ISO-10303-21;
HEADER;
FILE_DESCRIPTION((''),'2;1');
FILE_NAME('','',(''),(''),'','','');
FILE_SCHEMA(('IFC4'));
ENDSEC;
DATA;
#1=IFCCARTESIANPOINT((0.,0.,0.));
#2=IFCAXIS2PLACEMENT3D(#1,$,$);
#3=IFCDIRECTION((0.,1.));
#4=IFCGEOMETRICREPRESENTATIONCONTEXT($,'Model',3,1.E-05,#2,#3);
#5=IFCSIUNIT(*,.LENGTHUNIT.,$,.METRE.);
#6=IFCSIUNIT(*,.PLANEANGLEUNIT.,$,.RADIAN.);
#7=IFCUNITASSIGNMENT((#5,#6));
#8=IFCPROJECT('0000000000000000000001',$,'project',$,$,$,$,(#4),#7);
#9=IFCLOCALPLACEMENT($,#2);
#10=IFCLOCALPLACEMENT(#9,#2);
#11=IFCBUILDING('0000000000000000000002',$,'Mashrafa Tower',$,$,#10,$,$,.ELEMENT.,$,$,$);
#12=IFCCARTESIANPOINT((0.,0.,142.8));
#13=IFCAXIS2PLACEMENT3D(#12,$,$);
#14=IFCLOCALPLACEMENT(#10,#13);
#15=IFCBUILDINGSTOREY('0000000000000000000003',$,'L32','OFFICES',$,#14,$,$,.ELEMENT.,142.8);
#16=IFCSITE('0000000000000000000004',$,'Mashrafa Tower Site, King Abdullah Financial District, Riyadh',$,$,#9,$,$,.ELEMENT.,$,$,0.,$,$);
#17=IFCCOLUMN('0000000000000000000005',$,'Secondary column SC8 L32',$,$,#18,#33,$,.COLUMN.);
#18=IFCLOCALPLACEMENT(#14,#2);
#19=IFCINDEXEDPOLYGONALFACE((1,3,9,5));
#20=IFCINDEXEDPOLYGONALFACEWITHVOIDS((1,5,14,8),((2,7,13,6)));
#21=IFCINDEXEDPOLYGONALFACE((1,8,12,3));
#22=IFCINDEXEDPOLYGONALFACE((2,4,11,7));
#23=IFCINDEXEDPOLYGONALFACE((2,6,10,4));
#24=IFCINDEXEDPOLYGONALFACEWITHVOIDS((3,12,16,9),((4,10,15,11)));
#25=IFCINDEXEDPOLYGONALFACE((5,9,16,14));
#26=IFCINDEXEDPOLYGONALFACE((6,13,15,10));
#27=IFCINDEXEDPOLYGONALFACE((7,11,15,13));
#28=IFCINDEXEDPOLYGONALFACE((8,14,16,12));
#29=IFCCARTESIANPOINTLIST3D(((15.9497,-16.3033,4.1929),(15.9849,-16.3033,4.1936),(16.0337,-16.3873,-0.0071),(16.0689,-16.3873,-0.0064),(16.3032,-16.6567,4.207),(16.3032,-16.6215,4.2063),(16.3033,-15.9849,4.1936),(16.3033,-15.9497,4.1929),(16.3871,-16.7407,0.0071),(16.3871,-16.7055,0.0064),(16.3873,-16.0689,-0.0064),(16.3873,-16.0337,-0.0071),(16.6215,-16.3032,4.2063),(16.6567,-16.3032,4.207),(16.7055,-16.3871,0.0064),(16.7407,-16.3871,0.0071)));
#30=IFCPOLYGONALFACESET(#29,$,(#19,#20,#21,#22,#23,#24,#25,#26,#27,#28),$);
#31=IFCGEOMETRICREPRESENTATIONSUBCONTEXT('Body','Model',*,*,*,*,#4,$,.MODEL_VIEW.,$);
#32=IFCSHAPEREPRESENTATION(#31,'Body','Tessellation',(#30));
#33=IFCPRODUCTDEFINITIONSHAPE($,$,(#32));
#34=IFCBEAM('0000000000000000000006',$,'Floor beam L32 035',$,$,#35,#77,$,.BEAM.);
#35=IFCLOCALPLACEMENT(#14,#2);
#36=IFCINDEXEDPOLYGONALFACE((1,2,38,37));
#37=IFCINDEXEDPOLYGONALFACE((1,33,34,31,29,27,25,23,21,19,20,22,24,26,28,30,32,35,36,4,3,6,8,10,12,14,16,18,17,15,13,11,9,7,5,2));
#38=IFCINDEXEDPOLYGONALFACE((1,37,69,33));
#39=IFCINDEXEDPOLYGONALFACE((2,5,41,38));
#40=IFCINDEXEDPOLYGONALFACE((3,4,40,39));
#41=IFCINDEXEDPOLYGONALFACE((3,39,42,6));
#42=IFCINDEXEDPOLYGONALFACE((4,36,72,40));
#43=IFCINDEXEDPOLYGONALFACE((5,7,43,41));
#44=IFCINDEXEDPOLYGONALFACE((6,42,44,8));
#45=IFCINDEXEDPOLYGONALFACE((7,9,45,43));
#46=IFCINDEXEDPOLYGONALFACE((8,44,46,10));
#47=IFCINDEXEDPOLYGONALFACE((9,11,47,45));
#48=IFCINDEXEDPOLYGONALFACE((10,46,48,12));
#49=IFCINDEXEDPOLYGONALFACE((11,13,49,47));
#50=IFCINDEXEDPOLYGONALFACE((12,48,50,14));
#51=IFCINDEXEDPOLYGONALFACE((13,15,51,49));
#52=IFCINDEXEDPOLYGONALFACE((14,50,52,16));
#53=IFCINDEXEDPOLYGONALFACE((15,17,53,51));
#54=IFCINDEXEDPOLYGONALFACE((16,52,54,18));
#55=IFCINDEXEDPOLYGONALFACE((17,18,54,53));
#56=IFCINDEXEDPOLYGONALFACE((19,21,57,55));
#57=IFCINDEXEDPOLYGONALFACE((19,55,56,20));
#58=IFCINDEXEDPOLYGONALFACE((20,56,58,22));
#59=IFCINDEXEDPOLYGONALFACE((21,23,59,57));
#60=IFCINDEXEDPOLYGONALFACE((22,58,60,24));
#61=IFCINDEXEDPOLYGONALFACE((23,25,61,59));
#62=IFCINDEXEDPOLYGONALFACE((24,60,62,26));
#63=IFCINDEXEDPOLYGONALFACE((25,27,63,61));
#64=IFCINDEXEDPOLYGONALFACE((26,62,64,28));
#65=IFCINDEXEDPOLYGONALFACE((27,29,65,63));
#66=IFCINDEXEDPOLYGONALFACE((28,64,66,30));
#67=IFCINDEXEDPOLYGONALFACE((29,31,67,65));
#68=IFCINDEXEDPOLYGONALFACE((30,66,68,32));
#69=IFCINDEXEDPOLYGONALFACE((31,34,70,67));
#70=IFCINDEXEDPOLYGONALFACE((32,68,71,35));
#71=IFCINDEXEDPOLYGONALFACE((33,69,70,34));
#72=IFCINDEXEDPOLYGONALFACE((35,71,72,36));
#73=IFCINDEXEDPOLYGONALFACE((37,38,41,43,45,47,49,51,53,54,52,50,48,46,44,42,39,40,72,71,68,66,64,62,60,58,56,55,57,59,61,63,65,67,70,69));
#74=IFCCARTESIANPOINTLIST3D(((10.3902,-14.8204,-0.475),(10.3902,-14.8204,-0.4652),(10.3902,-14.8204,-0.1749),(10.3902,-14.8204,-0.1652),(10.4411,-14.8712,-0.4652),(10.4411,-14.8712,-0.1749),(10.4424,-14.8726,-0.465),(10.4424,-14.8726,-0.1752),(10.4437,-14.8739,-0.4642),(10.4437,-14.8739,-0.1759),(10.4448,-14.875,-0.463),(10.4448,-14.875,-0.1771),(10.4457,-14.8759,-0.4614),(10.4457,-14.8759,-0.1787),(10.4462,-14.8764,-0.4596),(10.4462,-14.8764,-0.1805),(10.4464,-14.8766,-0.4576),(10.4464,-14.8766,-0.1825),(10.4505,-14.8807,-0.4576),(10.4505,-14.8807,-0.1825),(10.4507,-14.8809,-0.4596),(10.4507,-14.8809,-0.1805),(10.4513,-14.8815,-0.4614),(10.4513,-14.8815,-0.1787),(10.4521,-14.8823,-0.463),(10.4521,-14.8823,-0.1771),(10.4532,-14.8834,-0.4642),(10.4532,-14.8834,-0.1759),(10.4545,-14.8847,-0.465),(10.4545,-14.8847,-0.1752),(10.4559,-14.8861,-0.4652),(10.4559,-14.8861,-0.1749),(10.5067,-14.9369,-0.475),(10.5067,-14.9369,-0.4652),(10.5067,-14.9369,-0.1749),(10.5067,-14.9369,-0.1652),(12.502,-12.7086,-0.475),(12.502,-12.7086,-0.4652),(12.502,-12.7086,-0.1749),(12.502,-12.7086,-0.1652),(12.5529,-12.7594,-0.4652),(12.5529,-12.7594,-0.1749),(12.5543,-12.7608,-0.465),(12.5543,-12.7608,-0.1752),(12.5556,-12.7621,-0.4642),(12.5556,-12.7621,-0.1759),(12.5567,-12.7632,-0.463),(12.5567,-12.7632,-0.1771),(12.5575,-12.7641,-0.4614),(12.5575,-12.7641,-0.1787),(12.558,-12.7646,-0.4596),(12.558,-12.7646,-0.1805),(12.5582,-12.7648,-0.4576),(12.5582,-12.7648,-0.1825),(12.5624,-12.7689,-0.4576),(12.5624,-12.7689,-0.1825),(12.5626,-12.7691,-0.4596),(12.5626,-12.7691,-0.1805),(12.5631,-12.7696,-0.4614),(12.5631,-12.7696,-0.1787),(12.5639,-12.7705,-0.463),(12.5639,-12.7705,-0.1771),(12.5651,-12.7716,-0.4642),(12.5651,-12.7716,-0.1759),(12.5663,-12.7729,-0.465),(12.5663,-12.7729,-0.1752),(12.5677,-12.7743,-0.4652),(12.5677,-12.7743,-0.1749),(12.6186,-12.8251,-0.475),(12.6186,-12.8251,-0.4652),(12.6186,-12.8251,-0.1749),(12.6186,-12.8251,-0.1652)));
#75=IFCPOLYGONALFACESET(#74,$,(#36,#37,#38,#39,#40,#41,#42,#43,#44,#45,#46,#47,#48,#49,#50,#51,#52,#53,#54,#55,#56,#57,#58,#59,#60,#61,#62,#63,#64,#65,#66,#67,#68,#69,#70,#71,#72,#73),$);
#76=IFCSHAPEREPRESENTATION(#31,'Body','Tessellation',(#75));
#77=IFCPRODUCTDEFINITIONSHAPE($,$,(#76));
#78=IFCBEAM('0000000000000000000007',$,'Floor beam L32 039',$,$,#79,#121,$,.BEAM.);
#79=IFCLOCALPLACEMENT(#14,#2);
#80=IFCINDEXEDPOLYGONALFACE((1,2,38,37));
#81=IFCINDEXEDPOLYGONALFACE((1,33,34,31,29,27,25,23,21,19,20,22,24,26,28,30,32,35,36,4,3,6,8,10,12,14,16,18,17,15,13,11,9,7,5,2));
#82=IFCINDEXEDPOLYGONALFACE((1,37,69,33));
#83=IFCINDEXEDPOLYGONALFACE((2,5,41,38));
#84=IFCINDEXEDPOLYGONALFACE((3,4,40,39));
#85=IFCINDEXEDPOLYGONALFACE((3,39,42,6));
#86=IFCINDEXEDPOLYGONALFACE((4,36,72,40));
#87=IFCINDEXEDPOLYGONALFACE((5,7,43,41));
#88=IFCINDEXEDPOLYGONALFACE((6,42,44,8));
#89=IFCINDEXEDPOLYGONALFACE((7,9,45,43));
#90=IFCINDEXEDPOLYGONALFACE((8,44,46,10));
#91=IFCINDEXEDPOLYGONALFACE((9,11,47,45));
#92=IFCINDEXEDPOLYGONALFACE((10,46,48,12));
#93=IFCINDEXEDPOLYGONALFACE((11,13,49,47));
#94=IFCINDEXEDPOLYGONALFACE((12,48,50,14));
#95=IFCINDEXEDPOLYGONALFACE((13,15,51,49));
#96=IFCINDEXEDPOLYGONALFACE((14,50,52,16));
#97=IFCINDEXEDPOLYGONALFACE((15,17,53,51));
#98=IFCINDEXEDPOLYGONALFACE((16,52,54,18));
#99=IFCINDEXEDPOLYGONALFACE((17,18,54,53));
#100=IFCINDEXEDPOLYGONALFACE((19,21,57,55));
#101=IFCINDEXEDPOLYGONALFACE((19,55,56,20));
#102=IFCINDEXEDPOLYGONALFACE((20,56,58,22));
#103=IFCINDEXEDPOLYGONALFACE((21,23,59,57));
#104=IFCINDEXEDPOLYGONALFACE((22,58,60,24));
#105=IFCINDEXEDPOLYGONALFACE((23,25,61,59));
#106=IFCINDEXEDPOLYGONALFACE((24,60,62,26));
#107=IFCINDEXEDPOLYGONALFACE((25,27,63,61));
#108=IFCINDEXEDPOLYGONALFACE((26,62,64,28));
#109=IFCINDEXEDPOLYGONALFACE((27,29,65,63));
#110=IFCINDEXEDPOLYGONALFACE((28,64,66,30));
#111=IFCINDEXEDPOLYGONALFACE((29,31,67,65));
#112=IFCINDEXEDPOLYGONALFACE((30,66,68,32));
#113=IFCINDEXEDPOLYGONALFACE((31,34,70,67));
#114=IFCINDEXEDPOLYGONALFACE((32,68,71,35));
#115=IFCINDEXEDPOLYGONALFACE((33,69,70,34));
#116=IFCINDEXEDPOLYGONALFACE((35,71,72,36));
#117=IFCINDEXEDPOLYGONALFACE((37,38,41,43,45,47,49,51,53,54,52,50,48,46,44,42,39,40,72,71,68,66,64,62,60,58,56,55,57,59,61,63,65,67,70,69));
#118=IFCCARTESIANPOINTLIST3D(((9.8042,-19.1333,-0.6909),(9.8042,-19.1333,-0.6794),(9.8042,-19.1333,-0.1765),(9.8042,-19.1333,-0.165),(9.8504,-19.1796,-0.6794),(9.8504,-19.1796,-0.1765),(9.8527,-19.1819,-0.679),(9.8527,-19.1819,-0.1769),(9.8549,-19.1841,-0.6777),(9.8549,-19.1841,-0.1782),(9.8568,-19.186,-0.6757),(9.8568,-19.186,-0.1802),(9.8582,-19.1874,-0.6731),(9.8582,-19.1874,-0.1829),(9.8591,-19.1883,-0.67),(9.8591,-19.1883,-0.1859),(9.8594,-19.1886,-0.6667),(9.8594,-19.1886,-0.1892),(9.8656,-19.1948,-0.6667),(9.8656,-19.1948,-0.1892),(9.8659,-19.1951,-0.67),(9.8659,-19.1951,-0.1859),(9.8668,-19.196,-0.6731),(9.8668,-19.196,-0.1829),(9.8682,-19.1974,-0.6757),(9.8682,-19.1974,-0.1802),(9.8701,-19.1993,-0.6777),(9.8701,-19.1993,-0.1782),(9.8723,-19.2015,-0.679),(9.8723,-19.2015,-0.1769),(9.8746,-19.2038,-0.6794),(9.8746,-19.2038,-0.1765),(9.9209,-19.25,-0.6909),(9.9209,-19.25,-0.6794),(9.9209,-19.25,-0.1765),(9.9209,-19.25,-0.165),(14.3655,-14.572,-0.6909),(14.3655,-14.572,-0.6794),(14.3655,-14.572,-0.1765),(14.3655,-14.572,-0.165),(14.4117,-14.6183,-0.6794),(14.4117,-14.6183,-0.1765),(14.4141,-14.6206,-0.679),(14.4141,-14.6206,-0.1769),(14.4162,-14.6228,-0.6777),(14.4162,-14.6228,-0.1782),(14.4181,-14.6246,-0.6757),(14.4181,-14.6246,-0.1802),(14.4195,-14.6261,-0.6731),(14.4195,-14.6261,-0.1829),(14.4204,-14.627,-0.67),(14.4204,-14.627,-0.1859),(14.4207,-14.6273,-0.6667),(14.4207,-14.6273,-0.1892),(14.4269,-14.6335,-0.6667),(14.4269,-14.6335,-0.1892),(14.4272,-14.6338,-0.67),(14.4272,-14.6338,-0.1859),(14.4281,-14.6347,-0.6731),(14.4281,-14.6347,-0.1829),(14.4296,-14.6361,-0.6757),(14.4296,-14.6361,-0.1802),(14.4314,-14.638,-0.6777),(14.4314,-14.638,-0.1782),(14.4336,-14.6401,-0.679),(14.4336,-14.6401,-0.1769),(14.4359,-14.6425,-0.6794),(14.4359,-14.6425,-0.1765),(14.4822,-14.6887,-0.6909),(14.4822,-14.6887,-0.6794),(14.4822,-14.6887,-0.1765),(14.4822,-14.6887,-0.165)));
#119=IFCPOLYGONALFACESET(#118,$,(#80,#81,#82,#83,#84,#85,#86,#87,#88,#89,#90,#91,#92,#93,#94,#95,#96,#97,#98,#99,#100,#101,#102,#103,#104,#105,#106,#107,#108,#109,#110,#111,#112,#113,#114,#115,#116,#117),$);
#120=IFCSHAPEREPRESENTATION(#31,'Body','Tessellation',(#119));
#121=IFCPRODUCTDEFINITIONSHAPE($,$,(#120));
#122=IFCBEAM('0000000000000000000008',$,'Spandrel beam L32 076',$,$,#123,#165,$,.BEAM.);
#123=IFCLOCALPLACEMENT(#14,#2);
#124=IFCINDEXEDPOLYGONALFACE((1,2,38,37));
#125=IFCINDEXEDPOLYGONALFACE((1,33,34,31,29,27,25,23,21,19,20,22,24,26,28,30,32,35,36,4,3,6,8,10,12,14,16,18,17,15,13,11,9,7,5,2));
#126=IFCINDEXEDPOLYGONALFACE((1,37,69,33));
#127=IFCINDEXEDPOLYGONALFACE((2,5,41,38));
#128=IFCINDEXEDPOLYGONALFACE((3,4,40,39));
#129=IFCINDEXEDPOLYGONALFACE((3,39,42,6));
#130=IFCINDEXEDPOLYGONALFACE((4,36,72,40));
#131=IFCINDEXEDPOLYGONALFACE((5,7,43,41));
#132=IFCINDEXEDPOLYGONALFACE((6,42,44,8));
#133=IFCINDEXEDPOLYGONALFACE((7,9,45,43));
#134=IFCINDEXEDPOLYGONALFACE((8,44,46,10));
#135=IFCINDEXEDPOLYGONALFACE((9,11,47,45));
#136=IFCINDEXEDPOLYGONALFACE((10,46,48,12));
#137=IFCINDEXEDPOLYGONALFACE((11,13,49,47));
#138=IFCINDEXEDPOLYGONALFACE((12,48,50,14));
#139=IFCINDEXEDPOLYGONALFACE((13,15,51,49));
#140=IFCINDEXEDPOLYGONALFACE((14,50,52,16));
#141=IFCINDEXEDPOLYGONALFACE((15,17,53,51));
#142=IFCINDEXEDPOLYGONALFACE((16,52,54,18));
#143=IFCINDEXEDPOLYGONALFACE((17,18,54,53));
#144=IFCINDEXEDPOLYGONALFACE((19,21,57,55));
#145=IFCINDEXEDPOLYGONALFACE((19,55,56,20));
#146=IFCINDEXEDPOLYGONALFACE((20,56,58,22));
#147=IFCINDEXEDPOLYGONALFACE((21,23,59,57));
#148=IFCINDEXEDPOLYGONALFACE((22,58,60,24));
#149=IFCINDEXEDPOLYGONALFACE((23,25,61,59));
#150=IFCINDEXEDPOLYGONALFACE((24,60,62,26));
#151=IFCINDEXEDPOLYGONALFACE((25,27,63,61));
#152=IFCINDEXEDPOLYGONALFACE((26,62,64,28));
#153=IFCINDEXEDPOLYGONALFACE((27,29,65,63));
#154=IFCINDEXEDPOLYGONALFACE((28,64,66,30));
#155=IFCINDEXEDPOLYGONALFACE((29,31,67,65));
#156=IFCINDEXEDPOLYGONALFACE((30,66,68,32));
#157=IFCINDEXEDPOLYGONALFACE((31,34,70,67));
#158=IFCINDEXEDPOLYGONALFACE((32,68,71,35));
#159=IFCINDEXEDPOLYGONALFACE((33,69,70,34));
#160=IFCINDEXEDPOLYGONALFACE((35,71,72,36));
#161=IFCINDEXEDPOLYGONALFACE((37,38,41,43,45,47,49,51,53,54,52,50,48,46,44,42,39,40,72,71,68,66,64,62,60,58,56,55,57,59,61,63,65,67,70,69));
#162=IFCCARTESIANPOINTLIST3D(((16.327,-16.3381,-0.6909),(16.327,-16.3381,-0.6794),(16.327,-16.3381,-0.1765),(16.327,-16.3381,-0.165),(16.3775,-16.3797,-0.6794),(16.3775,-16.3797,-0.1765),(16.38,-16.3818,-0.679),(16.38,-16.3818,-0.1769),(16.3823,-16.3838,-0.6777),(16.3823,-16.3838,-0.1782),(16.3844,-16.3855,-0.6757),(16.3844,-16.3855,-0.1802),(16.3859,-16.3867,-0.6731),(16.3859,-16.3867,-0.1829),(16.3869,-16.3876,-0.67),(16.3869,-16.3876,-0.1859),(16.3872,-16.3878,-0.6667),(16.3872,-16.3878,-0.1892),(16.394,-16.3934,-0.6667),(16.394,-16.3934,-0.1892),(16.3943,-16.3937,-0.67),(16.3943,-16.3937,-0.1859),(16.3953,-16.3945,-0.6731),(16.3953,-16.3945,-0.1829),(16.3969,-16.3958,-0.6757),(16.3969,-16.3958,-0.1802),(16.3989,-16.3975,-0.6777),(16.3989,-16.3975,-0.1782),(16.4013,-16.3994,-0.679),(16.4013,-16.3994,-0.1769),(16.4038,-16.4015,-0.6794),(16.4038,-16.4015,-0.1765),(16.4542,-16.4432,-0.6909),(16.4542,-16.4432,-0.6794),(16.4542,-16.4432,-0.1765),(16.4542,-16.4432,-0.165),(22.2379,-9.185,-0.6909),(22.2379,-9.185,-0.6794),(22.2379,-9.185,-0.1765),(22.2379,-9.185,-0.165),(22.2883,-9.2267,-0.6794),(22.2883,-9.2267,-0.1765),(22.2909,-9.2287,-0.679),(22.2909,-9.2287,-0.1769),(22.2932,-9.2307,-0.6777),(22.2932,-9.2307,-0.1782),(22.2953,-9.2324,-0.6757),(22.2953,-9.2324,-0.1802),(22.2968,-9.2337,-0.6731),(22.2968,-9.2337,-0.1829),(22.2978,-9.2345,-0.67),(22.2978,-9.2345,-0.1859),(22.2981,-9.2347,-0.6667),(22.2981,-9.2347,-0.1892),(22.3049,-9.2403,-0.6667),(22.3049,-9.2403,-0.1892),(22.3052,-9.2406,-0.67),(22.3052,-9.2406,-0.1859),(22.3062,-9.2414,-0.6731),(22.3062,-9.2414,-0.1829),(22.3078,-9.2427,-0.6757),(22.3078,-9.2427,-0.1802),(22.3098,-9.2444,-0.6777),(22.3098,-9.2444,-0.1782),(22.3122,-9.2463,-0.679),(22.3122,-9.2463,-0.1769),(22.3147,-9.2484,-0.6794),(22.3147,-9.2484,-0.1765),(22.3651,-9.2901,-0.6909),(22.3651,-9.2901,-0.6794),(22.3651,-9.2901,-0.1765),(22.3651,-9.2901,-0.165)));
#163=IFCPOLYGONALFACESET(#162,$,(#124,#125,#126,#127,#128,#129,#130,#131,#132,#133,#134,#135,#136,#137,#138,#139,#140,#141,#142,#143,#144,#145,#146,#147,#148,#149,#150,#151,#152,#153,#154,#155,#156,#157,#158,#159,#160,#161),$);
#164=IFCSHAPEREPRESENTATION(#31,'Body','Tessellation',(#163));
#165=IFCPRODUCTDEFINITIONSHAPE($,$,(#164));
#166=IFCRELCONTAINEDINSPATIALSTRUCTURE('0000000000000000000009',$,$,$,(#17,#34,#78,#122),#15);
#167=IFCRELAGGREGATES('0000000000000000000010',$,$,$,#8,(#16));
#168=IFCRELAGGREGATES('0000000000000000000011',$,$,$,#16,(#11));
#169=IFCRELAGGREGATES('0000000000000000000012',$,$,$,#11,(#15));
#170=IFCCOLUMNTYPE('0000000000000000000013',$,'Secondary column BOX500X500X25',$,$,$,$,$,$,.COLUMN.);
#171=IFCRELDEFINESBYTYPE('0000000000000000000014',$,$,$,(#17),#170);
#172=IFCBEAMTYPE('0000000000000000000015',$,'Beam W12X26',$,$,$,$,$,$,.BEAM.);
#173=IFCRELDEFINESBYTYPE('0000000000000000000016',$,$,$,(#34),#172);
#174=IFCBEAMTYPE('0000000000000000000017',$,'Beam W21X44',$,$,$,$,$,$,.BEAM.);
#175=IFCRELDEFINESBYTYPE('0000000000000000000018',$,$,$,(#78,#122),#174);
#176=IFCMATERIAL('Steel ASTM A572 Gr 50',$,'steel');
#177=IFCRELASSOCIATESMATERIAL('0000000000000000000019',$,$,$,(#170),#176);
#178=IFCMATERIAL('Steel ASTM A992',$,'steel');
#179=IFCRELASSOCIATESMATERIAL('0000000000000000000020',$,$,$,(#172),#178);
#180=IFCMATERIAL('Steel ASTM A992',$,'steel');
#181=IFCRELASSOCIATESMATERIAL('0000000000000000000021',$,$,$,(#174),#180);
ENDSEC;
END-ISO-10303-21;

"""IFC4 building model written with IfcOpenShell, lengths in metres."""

from ifc_helpers import new_model, si_unit, direction, frame, origin, origin_2d, place, context, subcontext, project, spatial, hollow_rectangle, i_section, extrude, material, material_profile, profile_set, type_object, element, save


model = new_model("IFC4")

# Units and contexts
model_context = context("Model", 3, precision=1e-05, world=origin(), true_north=direction((0.0, 1.0)))
body_context = subcontext(model_context, "Body", "Model", "MODEL_VIEW")
ifc_project = project(units=[si_unit("LENGTHUNIT", "METRE"), si_unit("PLANEANGLEUNIT", "RADIAN")], contexts=[model_context])

# Site, building, storey
site_placement = place(None, origin())
site = spatial("IfcSite", under=ifc_project, at=site_placement, Name="Mashrafa Tower Site, King Abdullah Financial District, Riyadh", CompositionType="ELEMENT", RefElevation=0.0)
building_placement = place(site_placement, origin())
building = spatial("IfcBuilding", under=site, at=building_placement, Name="Mashrafa Tower", CompositionType="ELEMENT")
storey_placement = place(building_placement, frame((0.0, 0.0, 142.8)))
storey = spatial("IfcBuildingStorey", under=building, at=storey_placement, Name="L32", Description="OFFICES", CompositionType="ELEMENT", Elevation=142.8)

# Column
ifc_material_1 = material(Name="Steel ASTM A572 Gr 50", Category="steel")
ifc_material_profile_1 = material_profile(ifc_material_1, hollow_rectangle(XDim=0.5, YDim=0.5, WallThickness=0.0249, at=origin_2d()), Name="BOX500X500X25")
ifc_profile_set_1 = profile_set([ifc_material_profile_1], Name="Steel ASTM A572 Gr 50")
column_type = type_object("IfcColumnType", Name="Secondary column BOX500X500X25", PredefinedType="COLUMN", material=ifc_profile_set_1)
column_placement = place(storey_placement, frame((16.3872, -16.3872, 0.0), z_axis=(-0.019989, 0.019989, 0.9996), x_axis=(-0.707107, -0.707107, 0.0)))
element("IfcColumn", 1, at=column_placement, inside=storey, type_object=column_type, Name="Secondary column SC8 L32", PredefinedType="COLUMN", context=body_context, shape_type="SweptSolid", body=[
    extrude(hollow_rectangle(XDim=0.5, YDim=0.5, WallThickness=0.0249, at=origin_2d()), origin(), (0.0, 0.0, 1.0), 4.2017),
])

# Beams
ifc_material_2 = material(Name="Steel ASTM A992", Category="steel")
ifc_material_profile_2 = material_profile(ifc_material_2, i_section(OverallWidth=0.1648, OverallDepth=0.3098, WebThickness=0.0059, FlangeThickness=0.0098, FilletRadius=0.0076, at=origin_2d()), Name="W12X26")
ifc_profile_set_2 = profile_set([ifc_material_profile_2], Name="Steel ASTM A992")
beam_type_1 = type_object("IfcBeamType", Name="Beam W12X26", PredefinedType="BEAM", material=ifc_profile_set_2)
beam_1_placement = place(storey_placement, frame((12.5603, -12.7668, -0.3201), z_axis=(-0.707107, -0.707107, 0.0), x_axis=(0.707107, -0.707107, 0.0)))
element("IfcBeam", 2, at=beam_1_placement, inside=storey, type_object=beam_type_1, Name="Floor beam L32 035", PredefinedType="BEAM", context=body_context, shape_type="SweptSolid", body=[
    extrude(i_section(OverallWidth=0.1648, OverallDepth=0.3098, WebThickness=0.0059, FlangeThickness=0.0098, FilletRadius=0.0076, at=origin_2d()), origin(), (0.0, 0.0, 1.0), 2.9866),
])
ifc_material_3 = material(Name="Steel ASTM A992", Category="steel")
ifc_material_profile_3 = material_profile(ifc_material_3, i_section(OverallWidth=0.165, OverallDepth=0.5259, WebThickness=0.0088, FlangeThickness=0.0115, FilletRadius=0.0127, at=origin_2d()), Name="W21X44")
ifc_profile_set_3 = profile_set([ifc_material_profile_3], Name="Steel ASTM A992")
beam_type_2 = type_object("IfcBeamType", Name="Beam W21X44", PredefinedType="BEAM", material=ifc_profile_set_3)
beam_2_placement = place(storey_placement, frame((14.4238, -14.6304, -0.428), z_axis=(-0.707107, -0.707107, 0.0), x_axis=(0.707107, -0.707107, 0.0)))
element("IfcBeam", 3, at=beam_2_placement, inside=storey, type_object=beam_type_2, Name="Floor beam L32 039", PredefinedType="BEAM", context=body_context, shape_type="SweptSolid", body=[
    extrude(i_section(OverallWidth=0.165, OverallDepth=0.5259, WebThickness=0.0088, FlangeThickness=0.0115, FilletRadius=0.0127, at=origin_2d()), origin(), (0.0, 0.0, 1.0), 6.4507),
])
beam_3_placement = place(storey_placement, frame((16.3906, -16.3906, -0.428), z_axis=(0.636998, 0.770865, 0.0), x_axis=(-0.770865, 0.636998, 0.0)))
element("IfcBeam", 4, at=beam_3_placement, inside=storey, type_object=beam_type_2, Name="Spandrel beam L32 076", PredefinedType="BEAM", context=body_context, shape_type="SweptSolid", body=[
    extrude(i_section(OverallWidth=0.165, OverallDepth=0.5259, WebThickness=0.0088, FlangeThickness=0.0115, FilletRadius=0.0127, at=origin_2d()), origin(), (0.0, 0.0, 1.0), 9.2793),
])

save(model, "model.ifc")
